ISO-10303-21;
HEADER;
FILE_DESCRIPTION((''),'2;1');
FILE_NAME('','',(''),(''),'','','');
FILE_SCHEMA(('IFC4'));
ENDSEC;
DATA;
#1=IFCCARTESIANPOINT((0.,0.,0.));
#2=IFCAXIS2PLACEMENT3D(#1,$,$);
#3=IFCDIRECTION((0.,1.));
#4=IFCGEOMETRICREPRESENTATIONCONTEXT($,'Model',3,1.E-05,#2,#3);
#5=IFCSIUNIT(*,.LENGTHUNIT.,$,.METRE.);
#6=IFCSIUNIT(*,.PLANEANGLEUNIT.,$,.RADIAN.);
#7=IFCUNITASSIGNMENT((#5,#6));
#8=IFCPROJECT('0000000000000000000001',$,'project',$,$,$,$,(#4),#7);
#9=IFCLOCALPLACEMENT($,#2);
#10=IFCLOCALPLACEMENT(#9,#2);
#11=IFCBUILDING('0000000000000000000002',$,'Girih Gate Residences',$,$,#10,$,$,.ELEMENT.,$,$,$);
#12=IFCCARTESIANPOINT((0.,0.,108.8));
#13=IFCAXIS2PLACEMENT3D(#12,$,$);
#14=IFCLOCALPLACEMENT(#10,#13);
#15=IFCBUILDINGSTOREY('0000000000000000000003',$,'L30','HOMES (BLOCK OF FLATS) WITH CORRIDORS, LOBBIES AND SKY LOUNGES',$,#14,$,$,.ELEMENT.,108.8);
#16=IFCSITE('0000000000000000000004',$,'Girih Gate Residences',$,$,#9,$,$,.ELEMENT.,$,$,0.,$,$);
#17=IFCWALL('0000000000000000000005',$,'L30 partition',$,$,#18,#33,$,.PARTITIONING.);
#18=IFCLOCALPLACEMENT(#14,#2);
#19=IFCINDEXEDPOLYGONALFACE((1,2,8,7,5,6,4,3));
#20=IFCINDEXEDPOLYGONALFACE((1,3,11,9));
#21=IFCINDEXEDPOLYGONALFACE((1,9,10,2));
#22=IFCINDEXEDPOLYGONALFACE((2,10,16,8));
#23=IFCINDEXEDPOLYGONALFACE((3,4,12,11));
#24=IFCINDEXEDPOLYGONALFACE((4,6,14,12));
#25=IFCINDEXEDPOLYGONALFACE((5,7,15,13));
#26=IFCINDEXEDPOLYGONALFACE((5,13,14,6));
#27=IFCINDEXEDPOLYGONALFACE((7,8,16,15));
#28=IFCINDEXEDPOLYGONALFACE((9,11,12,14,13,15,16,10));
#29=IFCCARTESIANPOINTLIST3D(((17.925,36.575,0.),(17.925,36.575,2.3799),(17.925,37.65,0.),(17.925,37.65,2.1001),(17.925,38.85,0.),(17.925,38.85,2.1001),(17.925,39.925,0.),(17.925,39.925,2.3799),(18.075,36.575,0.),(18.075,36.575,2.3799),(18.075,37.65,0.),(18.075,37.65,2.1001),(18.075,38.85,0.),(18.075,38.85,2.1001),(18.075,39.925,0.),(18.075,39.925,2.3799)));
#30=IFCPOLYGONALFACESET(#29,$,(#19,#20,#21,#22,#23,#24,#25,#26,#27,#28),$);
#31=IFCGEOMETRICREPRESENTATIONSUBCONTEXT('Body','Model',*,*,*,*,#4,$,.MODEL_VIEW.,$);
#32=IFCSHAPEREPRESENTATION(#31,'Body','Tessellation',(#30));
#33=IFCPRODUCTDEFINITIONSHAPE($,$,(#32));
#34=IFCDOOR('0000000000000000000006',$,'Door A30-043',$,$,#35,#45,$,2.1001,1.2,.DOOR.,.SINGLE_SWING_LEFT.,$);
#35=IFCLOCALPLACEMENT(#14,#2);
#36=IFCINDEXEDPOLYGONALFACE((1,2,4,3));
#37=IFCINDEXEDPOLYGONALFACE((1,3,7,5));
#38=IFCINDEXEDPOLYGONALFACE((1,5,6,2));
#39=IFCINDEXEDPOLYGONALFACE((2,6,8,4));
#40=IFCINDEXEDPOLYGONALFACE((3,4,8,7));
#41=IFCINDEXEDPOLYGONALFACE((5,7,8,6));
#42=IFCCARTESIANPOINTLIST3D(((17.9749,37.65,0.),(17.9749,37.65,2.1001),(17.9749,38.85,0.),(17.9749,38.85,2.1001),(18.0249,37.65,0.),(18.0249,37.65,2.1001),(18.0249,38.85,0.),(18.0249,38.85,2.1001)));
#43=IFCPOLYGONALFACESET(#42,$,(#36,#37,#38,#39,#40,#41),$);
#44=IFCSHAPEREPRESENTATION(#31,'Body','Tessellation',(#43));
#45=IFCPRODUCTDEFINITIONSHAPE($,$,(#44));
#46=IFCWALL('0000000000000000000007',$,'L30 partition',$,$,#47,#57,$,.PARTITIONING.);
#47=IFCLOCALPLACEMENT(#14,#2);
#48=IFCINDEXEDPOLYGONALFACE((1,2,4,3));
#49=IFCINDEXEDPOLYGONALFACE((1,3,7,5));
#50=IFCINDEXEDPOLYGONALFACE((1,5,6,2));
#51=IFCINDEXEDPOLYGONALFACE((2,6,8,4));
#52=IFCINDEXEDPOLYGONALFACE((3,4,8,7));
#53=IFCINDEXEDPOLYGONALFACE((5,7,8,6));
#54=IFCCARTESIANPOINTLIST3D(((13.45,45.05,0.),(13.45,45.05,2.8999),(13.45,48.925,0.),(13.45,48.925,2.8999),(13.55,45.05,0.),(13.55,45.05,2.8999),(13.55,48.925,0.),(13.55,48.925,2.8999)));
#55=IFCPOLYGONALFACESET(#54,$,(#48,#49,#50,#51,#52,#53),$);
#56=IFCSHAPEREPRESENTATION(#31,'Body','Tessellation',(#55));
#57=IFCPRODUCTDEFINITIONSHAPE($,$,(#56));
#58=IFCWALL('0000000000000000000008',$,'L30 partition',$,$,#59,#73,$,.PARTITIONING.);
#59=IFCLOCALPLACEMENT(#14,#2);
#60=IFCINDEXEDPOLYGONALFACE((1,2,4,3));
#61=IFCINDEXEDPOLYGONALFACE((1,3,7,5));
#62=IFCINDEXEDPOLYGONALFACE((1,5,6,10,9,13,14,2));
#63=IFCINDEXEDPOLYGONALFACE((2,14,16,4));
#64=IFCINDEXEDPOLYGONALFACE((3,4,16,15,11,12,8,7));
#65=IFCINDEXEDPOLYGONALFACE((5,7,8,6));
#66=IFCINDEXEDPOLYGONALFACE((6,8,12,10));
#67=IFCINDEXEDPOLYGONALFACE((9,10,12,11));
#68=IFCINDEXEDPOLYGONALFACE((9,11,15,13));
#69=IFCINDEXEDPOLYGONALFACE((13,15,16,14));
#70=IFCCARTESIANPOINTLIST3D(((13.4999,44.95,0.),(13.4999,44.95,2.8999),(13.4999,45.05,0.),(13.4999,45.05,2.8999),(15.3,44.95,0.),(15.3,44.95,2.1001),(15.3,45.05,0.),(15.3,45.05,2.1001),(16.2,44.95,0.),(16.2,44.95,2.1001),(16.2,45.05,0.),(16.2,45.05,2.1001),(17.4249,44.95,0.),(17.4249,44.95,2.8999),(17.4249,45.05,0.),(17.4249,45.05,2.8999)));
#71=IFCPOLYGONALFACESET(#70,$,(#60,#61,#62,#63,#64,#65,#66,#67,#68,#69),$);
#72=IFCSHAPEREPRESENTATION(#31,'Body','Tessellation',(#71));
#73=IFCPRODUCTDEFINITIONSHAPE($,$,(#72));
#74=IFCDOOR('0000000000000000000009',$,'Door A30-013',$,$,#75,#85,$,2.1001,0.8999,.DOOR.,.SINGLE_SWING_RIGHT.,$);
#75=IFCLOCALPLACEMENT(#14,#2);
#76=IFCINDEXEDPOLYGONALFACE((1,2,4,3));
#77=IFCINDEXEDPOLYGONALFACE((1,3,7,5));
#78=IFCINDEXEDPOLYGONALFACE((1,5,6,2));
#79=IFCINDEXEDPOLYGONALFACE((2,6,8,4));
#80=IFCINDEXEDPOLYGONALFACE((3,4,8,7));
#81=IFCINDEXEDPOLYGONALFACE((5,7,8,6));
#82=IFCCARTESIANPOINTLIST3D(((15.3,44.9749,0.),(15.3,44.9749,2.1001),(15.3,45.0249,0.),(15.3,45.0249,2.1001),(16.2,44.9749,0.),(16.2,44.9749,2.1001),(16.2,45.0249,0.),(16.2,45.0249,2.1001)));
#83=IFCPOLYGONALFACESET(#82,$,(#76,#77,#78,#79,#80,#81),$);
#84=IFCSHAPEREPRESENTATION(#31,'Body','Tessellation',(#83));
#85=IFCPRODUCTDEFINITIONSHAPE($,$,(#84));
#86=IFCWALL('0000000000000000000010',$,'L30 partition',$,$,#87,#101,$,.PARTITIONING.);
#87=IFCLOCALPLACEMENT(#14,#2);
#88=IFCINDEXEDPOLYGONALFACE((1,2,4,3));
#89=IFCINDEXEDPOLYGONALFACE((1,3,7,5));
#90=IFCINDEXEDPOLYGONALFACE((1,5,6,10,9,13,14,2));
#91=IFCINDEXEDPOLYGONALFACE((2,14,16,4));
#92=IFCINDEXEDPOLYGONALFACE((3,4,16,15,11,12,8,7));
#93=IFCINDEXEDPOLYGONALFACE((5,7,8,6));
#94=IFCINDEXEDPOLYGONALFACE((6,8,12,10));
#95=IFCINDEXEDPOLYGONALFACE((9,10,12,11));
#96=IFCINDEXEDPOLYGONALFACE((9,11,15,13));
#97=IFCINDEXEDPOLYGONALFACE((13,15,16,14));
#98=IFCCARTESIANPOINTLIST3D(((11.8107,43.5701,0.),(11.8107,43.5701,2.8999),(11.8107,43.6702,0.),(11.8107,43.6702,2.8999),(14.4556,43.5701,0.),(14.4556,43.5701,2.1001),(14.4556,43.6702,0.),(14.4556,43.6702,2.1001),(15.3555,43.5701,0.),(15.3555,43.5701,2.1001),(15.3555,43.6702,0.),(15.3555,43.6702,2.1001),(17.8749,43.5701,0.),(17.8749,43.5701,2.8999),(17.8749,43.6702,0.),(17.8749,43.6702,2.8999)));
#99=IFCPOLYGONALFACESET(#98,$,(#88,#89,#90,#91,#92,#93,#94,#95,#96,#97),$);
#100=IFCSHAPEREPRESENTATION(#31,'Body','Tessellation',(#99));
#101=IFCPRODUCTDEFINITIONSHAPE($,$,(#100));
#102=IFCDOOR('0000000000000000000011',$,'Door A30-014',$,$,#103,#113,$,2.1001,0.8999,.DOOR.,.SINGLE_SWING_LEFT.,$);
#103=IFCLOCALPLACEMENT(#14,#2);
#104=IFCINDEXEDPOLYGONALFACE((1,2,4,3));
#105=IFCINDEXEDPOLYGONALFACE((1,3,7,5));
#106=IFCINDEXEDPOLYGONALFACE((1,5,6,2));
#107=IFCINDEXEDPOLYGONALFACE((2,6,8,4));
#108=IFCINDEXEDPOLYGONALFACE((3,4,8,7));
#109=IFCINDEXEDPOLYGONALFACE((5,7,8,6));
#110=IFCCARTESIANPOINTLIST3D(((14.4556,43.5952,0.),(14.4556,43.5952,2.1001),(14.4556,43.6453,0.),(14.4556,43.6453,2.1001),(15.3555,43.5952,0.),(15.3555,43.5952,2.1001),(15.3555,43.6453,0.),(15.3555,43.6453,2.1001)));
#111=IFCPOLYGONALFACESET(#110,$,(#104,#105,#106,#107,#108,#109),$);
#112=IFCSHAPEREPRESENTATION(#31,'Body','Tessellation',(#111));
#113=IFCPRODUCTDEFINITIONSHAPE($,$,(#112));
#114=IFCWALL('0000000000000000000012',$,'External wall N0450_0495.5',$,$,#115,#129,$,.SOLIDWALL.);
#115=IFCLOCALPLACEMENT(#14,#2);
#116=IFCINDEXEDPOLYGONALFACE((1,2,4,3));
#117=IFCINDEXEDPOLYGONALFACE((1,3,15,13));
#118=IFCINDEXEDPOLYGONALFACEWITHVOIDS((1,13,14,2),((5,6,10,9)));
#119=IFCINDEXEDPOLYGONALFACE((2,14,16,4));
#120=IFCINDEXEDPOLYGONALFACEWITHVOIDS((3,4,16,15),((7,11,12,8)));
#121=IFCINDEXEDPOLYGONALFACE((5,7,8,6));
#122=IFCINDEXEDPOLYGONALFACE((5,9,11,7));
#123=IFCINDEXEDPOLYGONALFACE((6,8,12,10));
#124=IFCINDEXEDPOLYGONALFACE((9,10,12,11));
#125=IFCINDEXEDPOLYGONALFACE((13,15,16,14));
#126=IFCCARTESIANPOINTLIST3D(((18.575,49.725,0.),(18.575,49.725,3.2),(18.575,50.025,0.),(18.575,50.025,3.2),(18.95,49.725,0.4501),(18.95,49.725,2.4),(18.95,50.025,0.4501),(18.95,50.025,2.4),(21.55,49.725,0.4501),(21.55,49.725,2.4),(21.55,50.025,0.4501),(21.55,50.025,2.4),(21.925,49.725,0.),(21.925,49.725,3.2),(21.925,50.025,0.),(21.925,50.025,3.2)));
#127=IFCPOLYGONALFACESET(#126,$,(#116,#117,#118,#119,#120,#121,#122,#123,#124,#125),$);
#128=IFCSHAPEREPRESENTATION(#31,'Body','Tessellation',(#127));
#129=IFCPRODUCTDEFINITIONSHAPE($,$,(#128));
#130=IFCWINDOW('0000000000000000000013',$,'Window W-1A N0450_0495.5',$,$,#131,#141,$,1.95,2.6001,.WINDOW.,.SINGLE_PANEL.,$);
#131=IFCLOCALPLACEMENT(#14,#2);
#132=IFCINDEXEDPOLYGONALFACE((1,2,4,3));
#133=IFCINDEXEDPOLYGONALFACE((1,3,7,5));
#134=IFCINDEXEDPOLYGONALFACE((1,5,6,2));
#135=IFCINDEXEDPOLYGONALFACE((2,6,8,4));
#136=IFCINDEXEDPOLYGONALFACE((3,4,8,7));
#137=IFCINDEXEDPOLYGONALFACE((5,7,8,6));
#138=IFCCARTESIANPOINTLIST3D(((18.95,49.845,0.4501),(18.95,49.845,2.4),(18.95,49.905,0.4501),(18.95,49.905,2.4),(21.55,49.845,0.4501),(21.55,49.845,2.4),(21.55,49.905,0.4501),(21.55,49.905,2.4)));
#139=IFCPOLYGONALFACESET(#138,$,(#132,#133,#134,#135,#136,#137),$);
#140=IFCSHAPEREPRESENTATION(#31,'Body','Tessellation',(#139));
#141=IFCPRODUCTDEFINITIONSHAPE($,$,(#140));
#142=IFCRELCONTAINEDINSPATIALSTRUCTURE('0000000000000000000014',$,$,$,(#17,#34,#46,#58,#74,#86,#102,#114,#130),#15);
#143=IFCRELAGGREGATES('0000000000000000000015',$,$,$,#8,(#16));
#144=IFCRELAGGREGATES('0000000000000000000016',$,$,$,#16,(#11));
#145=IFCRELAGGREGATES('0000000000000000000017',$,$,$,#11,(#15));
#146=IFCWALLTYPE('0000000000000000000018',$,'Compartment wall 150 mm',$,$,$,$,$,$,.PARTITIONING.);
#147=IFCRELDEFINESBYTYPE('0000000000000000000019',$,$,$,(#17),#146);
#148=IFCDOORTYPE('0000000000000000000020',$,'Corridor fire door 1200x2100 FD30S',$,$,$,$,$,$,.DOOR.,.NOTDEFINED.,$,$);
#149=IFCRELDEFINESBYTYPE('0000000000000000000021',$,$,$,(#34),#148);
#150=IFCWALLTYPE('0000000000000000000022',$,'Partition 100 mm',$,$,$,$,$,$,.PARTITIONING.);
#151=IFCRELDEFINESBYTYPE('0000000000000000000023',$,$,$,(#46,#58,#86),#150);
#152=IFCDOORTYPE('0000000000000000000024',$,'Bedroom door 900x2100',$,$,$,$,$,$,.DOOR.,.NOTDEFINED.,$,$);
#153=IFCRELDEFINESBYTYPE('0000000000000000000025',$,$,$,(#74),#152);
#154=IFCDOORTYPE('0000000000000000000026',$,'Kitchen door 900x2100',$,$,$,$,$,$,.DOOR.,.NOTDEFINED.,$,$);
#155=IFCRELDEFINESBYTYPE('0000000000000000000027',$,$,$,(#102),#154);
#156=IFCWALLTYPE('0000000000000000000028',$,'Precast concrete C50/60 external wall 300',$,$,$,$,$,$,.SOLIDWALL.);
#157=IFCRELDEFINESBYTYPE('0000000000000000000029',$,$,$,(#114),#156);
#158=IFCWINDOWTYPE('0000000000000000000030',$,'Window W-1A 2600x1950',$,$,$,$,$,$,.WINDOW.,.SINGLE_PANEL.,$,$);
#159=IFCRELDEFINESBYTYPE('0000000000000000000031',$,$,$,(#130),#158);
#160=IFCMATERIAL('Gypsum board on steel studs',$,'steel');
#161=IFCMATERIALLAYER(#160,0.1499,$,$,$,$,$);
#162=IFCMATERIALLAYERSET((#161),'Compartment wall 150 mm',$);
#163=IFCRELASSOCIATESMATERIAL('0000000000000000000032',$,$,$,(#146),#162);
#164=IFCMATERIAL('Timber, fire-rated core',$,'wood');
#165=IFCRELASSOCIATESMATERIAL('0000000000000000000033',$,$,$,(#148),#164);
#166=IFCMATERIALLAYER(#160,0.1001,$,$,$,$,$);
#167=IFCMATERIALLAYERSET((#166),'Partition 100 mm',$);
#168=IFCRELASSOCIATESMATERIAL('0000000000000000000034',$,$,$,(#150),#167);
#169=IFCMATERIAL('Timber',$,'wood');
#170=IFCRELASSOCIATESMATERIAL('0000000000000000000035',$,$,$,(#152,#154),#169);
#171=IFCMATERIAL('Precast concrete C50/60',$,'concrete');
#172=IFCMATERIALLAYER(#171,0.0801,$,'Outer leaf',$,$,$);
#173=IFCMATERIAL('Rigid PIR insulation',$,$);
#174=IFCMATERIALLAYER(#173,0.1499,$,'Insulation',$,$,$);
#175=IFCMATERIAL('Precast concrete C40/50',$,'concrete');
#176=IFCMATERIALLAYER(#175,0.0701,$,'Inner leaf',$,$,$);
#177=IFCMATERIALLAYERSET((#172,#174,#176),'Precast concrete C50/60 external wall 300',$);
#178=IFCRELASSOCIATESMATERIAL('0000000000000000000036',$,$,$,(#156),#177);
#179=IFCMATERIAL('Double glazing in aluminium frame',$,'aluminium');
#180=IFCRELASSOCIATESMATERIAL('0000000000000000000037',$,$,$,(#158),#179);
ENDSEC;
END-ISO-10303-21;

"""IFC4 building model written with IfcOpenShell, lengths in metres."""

from ifc_helpers import new_model, si_unit, direction, frame, frame_2d, origin, place, context, subcontext, project, spatial, rectangle, extrude, material, layer, layer_set, type_object, element, fill, save


model = new_model("IFC4")

# Units and contexts
model_context = context("Model", 3, precision=1e-05, world=origin(), true_north=direction((0.0, 1.0)))
body_context = subcontext(model_context, "Body", "Model", "MODEL_VIEW")
ifc_project = project(units=[si_unit("LENGTHUNIT", "METRE"), si_unit("PLANEANGLEUNIT", "RADIAN")], contexts=[model_context])

# Site, building, storey
site_placement = place(None, origin())
site = spatial("IfcSite", under=ifc_project, at=site_placement, Name="Girih Gate Residences", CompositionType="ELEMENT", RefElevation=0.0)
building_placement = place(site_placement, origin())
building = spatial("IfcBuilding", under=site, at=building_placement, Name="Girih Gate Residences", CompositionType="ELEMENT")
storey_placement = place(building_placement, frame((0.0, 0.0, 108.8)))
storey = spatial("IfcBuildingStorey", under=building, at=storey_placement, Name="L30", Description="HOMES (BLOCK OF FLATS) WITH CORRIDORS, LOBBIES AND SKY LOUNGES", CompositionType="ELEMENT", Elevation=108.8)

# Shared definitions
ifc_material_1 = material(Name="Gypsum board on steel studs", Category="steel")
ifc_layer_1 = layer(ifc_material_1, 0.1499)
ifc_layer_set_1 = layer_set([ifc_layer_1], Name="Compartment wall 150 mm")
wall_type_1 = type_object("IfcWallType", Name="Compartment wall 150 mm", PredefinedType="PARTITIONING", material=ifc_layer_set_1)

# Wall, opening, door
ifc_material_2 = material(Name="Timber, fire-rated core", Category="wood")
wall_1_placement = place(storey_placement, frame((18.0, 39.925, 0.0), z_axis=(0.0, 0.0, 1.0), x_axis=(0.0, -1.0, 0.0)))
wall_1 = element("IfcWall", 1, at=wall_1_placement, inside=storey, type_object=wall_type_1, Name="L30 partition", PredefinedType="PARTITIONING", context=body_context, shape_type="SweptSolid", body=[
    extrude(rectangle(XDim=3.3501, YDim=0.1499, at=frame_2d((1.675, 0.0))), origin(), (0.0, 0.0, 1.0), 2.3799),
])
opening_1_placement = place(wall_1_placement, frame((1.075, 0.0, 0.0)))
opening_1 = element("IfcOpeningElement", 2, at=opening_1_placement, cuts=wall_1, PredefinedType="OPENING", context=body_context, shape_type="SweptSolid", body=[
    extrude(rectangle(XDim=1.2, YDim=2.1001, at=frame_2d((0.6001, 1.05))), frame((0.0, 0.085, 0.0), z_axis=(0.0, -1.0, 0.0), x_axis=(1.0, 0.0, 0.0)), (0.0, 0.0, 1.0), 0.1699),
])
door_type_1 = type_object("IfcDoorType", Name="Corridor fire door 1200x2100 FD30S", OperationType="NOTDEFINED", PredefinedType="DOOR", material=ifc_material_2)
door_1_placement = place(opening_1_placement, origin())
door_1 = element("IfcDoor", 3, at=door_1_placement, inside=storey, type_object=door_type_1, Name="Door A30-043", OperationType="SINGLE_SWING_LEFT", OverallHeight=2.1001, OverallWidth=1.2, PredefinedType="DOOR", context=body_context, shape_type="SweptSolid", body=[
    extrude(rectangle(XDim=1.2, YDim=2.1001, at=frame_2d((0.6001, 1.05))), frame((0.0, 0.0249, 0.0), z_axis=(0.0, -1.0, 0.0), x_axis=(1.0, 0.0, 0.0)), (0.0, 0.0, 1.0), 0.05),
])
fill(opening_1, door_1)

# Wall
ifc_layer_2 = layer(ifc_material_1, 0.1001)
ifc_layer_set_2 = layer_set([ifc_layer_2], Name="Partition 100 mm")
wall_type_2 = type_object("IfcWallType", Name="Partition 100 mm", PredefinedType="PARTITIONING", material=ifc_layer_set_2)
wall_2_placement = place(storey_placement, frame((13.5, 45.05, 0.0), z_axis=(0.0, 0.0, 1.0), x_axis=(0.0, 1.0, 0.0)))
element("IfcWall", 4, at=wall_2_placement, inside=storey, type_object=wall_type_2, Name="L30 partition", PredefinedType="PARTITIONING", context=body_context, shape_type="SweptSolid", body=[
    extrude(rectangle(XDim=3.875, YDim=0.1001, at=frame_2d((1.9375, 0.0))), origin(), (0.0, 0.0, 1.0), 2.8999),
])

# Walls, openings, doors
wall_3_placement = place(storey_placement, frame((13.5, 45.0, 0.0), z_axis=(0.0, 0.0, 1.0), x_axis=(1.0, 0.0, 0.0)))
wall_3 = element("IfcWall", 5, at=wall_3_placement, inside=storey, type_object=wall_type_2, Name="L30 partition", PredefinedType="PARTITIONING", context=body_context, shape_type="SweptSolid", body=[
    extrude(rectangle(XDim=3.925, YDim=0.1001, at=frame_2d((1.9624, 0.0))), origin(), (0.0, 0.0, 1.0), 2.8999),
])
opening_2_placement = place(wall_3_placement, frame((1.8, 0.0, 0.0)))
opening_2 = element("IfcOpeningElement", 6, at=opening_2_placement, cuts=wall_3, PredefinedType="OPENING", context=body_context, shape_type="SweptSolid", body=[
    extrude(rectangle(XDim=0.8999, YDim=2.1001, at=frame_2d((0.45, 1.05))), frame((0.0, 0.0601, 0.0), z_axis=(0.0, -1.0, 0.0), x_axis=(1.0, 0.0, 0.0)), (0.0, 0.0, 1.0), 0.1201),
])
ifc_material_3 = material(Name="Timber", Category="wood")
door_type_2 = type_object("IfcDoorType", Name="Bedroom door 900x2100", OperationType="NOTDEFINED", PredefinedType="DOOR", material=ifc_material_3)
door_2_placement = place(opening_2_placement, origin())
door_2 = element("IfcDoor", 7, at=door_2_placement, inside=storey, type_object=door_type_2, Name="Door A30-013", OperationType="SINGLE_SWING_RIGHT", OverallHeight=2.1001, OverallWidth=0.8999, PredefinedType="DOOR", context=body_context, shape_type="SweptSolid", body=[
    extrude(rectangle(XDim=0.8999, YDim=2.1001, at=frame_2d((0.45, 1.05))), frame((0.0, 0.0249, 0.0), z_axis=(0.0, -1.0, 0.0), x_axis=(1.0, 0.0, 0.0)), (0.0, 0.0, 1.0), 0.05),
])
fill(opening_2, door_2)
wall_4_placement = place(storey_placement, frame((17.875, 43.6201, 0.0), z_axis=(0.0, 0.0, 1.0), x_axis=(-1.0, 0.0, 0.0)))
wall_4 = element("IfcWall", 8, at=wall_4_placement, inside=storey, type_object=wall_type_2, Name="L30 partition", PredefinedType="PARTITIONING", context=body_context, shape_type="SweptSolid", body=[
    extrude(rectangle(XDim=6.0642, YDim=0.1001, at=frame_2d((3.0322, 0.0))), origin(), (0.0, 0.0, 1.0), 2.8999),
])
opening_3_placement = place(wall_4_placement, frame((2.5195, 0.0, 0.0)))
opening_3 = element("IfcOpeningElement", 9, at=opening_3_placement, cuts=wall_4, PredefinedType="OPENING", context=body_context, shape_type="SweptSolid", body=[
    extrude(rectangle(XDim=0.8999, YDim=2.1001, at=frame_2d((0.45, 1.05))), frame((0.0, 0.0601, 0.0), z_axis=(0.0, -1.0, 0.0), x_axis=(1.0, 0.0, 0.0)), (0.0, 0.0, 1.0), 0.1201),
])
door_type_3 = type_object("IfcDoorType", Name="Kitchen door 900x2100", OperationType="NOTDEFINED", PredefinedType="DOOR", material=ifc_material_3)
door_3_placement = place(opening_3_placement, origin())
door_3 = element("IfcDoor", 10, at=door_3_placement, inside=storey, type_object=door_type_3, Name="Door A30-014", OperationType="SINGLE_SWING_LEFT", OverallHeight=2.1001, OverallWidth=0.8999, PredefinedType="DOOR", context=body_context, shape_type="SweptSolid", body=[
    extrude(rectangle(XDim=0.8999, YDim=2.1001, at=frame_2d((0.45, 1.05))), frame((0.0, 0.0249, 0.0), z_axis=(0.0, -1.0, 0.0), x_axis=(1.0, 0.0, 0.0)), (0.0, 0.0, 1.0), 0.05),
])
fill(opening_3, door_3)

# Wall, opening, window
ifc_material_4 = material(Name="Precast concrete C50/60", Category="concrete")
ifc_layer_3 = layer(ifc_material_4, 0.0801, Name="Outer leaf")
ifc_material_5 = material(Name="Rigid PIR insulation")
ifc_layer_4 = layer(ifc_material_5, 0.1499, Name="Insulation")
ifc_material_6 = material(Name="Precast concrete C40/50", Category="concrete")
ifc_layer_5 = layer(ifc_material_6, 0.0701, Name="Inner leaf")
ifc_layer_set_3 = layer_set([ifc_layer_3, ifc_layer_4, ifc_layer_5], Name="Precast concrete C50/60 external wall 300")
wall_type_3 = type_object("IfcWallType", Name="Precast concrete C50/60 external wall 300", PredefinedType="SOLIDWALL", material=ifc_layer_set_3)
wall_5_placement = place(storey_placement, frame((18.575, 49.875, 0.0), z_axis=(0.0, 0.0, 1.0), x_axis=(1.0, 0.0, 0.0)))
wall_5 = element("IfcWall", 11, at=wall_5_placement, inside=storey, type_object=wall_type_3, Name="External wall N0450_0495.5", PredefinedType="SOLIDWALL", context=body_context, shape_type="SweptSolid", body=[
    extrude(rectangle(XDim=3.3501, YDim=0.3, at=frame_2d((1.675, 0.0))), origin(), (0.0, 0.0, 1.0), 3.2),
])
opening_4_placement = place(wall_5_placement, frame((0.375, 0.0, 0.45)))
opening_4 = element("IfcOpeningElement", 12, at=opening_4_placement, cuts=wall_5, PredefinedType="OPENING", context=body_context, shape_type="SweptSolid", body=[
    extrude(rectangle(XDim=2.6001, YDim=1.95, at=frame_2d((1.3, 0.9751))), frame((0.0, 0.1599, 0.0), z_axis=(0.0, -1.0, 0.0), x_axis=(1.0, 0.0, 0.0)), (0.0, 0.0, 1.0), 0.3201),
])
ifc_material_7 = material(Name="Double glazing in aluminium frame", Category="aluminium")
window_type = type_object("IfcWindowType", Name="Window W-1A 2600x1950", PartitioningType="SINGLE_PANEL", PredefinedType="WINDOW", material=ifc_material_7)
window_1_placement = place(opening_4_placement, origin())
window_1 = element("IfcWindow", 13, at=window_1_placement, inside=storey, type_object=window_type, Name="Window W-1A N0450_0495.5", OverallHeight=1.95, OverallWidth=2.6001, PartitioningType="SINGLE_PANEL", PredefinedType="WINDOW", context=body_context, shape_type="SweptSolid", body=[
    extrude(rectangle(XDim=2.6001, YDim=1.95, at=frame_2d((1.3, 0.9751))), frame((0.0, 0.03, 0.0), z_axis=(0.0, -1.0, 0.0), x_axis=(1.0, 0.0, 0.0)), (0.0, 0.0, 1.0), 0.0601),
])
fill(opening_4, window_1)

save(model, "model.ifc")
